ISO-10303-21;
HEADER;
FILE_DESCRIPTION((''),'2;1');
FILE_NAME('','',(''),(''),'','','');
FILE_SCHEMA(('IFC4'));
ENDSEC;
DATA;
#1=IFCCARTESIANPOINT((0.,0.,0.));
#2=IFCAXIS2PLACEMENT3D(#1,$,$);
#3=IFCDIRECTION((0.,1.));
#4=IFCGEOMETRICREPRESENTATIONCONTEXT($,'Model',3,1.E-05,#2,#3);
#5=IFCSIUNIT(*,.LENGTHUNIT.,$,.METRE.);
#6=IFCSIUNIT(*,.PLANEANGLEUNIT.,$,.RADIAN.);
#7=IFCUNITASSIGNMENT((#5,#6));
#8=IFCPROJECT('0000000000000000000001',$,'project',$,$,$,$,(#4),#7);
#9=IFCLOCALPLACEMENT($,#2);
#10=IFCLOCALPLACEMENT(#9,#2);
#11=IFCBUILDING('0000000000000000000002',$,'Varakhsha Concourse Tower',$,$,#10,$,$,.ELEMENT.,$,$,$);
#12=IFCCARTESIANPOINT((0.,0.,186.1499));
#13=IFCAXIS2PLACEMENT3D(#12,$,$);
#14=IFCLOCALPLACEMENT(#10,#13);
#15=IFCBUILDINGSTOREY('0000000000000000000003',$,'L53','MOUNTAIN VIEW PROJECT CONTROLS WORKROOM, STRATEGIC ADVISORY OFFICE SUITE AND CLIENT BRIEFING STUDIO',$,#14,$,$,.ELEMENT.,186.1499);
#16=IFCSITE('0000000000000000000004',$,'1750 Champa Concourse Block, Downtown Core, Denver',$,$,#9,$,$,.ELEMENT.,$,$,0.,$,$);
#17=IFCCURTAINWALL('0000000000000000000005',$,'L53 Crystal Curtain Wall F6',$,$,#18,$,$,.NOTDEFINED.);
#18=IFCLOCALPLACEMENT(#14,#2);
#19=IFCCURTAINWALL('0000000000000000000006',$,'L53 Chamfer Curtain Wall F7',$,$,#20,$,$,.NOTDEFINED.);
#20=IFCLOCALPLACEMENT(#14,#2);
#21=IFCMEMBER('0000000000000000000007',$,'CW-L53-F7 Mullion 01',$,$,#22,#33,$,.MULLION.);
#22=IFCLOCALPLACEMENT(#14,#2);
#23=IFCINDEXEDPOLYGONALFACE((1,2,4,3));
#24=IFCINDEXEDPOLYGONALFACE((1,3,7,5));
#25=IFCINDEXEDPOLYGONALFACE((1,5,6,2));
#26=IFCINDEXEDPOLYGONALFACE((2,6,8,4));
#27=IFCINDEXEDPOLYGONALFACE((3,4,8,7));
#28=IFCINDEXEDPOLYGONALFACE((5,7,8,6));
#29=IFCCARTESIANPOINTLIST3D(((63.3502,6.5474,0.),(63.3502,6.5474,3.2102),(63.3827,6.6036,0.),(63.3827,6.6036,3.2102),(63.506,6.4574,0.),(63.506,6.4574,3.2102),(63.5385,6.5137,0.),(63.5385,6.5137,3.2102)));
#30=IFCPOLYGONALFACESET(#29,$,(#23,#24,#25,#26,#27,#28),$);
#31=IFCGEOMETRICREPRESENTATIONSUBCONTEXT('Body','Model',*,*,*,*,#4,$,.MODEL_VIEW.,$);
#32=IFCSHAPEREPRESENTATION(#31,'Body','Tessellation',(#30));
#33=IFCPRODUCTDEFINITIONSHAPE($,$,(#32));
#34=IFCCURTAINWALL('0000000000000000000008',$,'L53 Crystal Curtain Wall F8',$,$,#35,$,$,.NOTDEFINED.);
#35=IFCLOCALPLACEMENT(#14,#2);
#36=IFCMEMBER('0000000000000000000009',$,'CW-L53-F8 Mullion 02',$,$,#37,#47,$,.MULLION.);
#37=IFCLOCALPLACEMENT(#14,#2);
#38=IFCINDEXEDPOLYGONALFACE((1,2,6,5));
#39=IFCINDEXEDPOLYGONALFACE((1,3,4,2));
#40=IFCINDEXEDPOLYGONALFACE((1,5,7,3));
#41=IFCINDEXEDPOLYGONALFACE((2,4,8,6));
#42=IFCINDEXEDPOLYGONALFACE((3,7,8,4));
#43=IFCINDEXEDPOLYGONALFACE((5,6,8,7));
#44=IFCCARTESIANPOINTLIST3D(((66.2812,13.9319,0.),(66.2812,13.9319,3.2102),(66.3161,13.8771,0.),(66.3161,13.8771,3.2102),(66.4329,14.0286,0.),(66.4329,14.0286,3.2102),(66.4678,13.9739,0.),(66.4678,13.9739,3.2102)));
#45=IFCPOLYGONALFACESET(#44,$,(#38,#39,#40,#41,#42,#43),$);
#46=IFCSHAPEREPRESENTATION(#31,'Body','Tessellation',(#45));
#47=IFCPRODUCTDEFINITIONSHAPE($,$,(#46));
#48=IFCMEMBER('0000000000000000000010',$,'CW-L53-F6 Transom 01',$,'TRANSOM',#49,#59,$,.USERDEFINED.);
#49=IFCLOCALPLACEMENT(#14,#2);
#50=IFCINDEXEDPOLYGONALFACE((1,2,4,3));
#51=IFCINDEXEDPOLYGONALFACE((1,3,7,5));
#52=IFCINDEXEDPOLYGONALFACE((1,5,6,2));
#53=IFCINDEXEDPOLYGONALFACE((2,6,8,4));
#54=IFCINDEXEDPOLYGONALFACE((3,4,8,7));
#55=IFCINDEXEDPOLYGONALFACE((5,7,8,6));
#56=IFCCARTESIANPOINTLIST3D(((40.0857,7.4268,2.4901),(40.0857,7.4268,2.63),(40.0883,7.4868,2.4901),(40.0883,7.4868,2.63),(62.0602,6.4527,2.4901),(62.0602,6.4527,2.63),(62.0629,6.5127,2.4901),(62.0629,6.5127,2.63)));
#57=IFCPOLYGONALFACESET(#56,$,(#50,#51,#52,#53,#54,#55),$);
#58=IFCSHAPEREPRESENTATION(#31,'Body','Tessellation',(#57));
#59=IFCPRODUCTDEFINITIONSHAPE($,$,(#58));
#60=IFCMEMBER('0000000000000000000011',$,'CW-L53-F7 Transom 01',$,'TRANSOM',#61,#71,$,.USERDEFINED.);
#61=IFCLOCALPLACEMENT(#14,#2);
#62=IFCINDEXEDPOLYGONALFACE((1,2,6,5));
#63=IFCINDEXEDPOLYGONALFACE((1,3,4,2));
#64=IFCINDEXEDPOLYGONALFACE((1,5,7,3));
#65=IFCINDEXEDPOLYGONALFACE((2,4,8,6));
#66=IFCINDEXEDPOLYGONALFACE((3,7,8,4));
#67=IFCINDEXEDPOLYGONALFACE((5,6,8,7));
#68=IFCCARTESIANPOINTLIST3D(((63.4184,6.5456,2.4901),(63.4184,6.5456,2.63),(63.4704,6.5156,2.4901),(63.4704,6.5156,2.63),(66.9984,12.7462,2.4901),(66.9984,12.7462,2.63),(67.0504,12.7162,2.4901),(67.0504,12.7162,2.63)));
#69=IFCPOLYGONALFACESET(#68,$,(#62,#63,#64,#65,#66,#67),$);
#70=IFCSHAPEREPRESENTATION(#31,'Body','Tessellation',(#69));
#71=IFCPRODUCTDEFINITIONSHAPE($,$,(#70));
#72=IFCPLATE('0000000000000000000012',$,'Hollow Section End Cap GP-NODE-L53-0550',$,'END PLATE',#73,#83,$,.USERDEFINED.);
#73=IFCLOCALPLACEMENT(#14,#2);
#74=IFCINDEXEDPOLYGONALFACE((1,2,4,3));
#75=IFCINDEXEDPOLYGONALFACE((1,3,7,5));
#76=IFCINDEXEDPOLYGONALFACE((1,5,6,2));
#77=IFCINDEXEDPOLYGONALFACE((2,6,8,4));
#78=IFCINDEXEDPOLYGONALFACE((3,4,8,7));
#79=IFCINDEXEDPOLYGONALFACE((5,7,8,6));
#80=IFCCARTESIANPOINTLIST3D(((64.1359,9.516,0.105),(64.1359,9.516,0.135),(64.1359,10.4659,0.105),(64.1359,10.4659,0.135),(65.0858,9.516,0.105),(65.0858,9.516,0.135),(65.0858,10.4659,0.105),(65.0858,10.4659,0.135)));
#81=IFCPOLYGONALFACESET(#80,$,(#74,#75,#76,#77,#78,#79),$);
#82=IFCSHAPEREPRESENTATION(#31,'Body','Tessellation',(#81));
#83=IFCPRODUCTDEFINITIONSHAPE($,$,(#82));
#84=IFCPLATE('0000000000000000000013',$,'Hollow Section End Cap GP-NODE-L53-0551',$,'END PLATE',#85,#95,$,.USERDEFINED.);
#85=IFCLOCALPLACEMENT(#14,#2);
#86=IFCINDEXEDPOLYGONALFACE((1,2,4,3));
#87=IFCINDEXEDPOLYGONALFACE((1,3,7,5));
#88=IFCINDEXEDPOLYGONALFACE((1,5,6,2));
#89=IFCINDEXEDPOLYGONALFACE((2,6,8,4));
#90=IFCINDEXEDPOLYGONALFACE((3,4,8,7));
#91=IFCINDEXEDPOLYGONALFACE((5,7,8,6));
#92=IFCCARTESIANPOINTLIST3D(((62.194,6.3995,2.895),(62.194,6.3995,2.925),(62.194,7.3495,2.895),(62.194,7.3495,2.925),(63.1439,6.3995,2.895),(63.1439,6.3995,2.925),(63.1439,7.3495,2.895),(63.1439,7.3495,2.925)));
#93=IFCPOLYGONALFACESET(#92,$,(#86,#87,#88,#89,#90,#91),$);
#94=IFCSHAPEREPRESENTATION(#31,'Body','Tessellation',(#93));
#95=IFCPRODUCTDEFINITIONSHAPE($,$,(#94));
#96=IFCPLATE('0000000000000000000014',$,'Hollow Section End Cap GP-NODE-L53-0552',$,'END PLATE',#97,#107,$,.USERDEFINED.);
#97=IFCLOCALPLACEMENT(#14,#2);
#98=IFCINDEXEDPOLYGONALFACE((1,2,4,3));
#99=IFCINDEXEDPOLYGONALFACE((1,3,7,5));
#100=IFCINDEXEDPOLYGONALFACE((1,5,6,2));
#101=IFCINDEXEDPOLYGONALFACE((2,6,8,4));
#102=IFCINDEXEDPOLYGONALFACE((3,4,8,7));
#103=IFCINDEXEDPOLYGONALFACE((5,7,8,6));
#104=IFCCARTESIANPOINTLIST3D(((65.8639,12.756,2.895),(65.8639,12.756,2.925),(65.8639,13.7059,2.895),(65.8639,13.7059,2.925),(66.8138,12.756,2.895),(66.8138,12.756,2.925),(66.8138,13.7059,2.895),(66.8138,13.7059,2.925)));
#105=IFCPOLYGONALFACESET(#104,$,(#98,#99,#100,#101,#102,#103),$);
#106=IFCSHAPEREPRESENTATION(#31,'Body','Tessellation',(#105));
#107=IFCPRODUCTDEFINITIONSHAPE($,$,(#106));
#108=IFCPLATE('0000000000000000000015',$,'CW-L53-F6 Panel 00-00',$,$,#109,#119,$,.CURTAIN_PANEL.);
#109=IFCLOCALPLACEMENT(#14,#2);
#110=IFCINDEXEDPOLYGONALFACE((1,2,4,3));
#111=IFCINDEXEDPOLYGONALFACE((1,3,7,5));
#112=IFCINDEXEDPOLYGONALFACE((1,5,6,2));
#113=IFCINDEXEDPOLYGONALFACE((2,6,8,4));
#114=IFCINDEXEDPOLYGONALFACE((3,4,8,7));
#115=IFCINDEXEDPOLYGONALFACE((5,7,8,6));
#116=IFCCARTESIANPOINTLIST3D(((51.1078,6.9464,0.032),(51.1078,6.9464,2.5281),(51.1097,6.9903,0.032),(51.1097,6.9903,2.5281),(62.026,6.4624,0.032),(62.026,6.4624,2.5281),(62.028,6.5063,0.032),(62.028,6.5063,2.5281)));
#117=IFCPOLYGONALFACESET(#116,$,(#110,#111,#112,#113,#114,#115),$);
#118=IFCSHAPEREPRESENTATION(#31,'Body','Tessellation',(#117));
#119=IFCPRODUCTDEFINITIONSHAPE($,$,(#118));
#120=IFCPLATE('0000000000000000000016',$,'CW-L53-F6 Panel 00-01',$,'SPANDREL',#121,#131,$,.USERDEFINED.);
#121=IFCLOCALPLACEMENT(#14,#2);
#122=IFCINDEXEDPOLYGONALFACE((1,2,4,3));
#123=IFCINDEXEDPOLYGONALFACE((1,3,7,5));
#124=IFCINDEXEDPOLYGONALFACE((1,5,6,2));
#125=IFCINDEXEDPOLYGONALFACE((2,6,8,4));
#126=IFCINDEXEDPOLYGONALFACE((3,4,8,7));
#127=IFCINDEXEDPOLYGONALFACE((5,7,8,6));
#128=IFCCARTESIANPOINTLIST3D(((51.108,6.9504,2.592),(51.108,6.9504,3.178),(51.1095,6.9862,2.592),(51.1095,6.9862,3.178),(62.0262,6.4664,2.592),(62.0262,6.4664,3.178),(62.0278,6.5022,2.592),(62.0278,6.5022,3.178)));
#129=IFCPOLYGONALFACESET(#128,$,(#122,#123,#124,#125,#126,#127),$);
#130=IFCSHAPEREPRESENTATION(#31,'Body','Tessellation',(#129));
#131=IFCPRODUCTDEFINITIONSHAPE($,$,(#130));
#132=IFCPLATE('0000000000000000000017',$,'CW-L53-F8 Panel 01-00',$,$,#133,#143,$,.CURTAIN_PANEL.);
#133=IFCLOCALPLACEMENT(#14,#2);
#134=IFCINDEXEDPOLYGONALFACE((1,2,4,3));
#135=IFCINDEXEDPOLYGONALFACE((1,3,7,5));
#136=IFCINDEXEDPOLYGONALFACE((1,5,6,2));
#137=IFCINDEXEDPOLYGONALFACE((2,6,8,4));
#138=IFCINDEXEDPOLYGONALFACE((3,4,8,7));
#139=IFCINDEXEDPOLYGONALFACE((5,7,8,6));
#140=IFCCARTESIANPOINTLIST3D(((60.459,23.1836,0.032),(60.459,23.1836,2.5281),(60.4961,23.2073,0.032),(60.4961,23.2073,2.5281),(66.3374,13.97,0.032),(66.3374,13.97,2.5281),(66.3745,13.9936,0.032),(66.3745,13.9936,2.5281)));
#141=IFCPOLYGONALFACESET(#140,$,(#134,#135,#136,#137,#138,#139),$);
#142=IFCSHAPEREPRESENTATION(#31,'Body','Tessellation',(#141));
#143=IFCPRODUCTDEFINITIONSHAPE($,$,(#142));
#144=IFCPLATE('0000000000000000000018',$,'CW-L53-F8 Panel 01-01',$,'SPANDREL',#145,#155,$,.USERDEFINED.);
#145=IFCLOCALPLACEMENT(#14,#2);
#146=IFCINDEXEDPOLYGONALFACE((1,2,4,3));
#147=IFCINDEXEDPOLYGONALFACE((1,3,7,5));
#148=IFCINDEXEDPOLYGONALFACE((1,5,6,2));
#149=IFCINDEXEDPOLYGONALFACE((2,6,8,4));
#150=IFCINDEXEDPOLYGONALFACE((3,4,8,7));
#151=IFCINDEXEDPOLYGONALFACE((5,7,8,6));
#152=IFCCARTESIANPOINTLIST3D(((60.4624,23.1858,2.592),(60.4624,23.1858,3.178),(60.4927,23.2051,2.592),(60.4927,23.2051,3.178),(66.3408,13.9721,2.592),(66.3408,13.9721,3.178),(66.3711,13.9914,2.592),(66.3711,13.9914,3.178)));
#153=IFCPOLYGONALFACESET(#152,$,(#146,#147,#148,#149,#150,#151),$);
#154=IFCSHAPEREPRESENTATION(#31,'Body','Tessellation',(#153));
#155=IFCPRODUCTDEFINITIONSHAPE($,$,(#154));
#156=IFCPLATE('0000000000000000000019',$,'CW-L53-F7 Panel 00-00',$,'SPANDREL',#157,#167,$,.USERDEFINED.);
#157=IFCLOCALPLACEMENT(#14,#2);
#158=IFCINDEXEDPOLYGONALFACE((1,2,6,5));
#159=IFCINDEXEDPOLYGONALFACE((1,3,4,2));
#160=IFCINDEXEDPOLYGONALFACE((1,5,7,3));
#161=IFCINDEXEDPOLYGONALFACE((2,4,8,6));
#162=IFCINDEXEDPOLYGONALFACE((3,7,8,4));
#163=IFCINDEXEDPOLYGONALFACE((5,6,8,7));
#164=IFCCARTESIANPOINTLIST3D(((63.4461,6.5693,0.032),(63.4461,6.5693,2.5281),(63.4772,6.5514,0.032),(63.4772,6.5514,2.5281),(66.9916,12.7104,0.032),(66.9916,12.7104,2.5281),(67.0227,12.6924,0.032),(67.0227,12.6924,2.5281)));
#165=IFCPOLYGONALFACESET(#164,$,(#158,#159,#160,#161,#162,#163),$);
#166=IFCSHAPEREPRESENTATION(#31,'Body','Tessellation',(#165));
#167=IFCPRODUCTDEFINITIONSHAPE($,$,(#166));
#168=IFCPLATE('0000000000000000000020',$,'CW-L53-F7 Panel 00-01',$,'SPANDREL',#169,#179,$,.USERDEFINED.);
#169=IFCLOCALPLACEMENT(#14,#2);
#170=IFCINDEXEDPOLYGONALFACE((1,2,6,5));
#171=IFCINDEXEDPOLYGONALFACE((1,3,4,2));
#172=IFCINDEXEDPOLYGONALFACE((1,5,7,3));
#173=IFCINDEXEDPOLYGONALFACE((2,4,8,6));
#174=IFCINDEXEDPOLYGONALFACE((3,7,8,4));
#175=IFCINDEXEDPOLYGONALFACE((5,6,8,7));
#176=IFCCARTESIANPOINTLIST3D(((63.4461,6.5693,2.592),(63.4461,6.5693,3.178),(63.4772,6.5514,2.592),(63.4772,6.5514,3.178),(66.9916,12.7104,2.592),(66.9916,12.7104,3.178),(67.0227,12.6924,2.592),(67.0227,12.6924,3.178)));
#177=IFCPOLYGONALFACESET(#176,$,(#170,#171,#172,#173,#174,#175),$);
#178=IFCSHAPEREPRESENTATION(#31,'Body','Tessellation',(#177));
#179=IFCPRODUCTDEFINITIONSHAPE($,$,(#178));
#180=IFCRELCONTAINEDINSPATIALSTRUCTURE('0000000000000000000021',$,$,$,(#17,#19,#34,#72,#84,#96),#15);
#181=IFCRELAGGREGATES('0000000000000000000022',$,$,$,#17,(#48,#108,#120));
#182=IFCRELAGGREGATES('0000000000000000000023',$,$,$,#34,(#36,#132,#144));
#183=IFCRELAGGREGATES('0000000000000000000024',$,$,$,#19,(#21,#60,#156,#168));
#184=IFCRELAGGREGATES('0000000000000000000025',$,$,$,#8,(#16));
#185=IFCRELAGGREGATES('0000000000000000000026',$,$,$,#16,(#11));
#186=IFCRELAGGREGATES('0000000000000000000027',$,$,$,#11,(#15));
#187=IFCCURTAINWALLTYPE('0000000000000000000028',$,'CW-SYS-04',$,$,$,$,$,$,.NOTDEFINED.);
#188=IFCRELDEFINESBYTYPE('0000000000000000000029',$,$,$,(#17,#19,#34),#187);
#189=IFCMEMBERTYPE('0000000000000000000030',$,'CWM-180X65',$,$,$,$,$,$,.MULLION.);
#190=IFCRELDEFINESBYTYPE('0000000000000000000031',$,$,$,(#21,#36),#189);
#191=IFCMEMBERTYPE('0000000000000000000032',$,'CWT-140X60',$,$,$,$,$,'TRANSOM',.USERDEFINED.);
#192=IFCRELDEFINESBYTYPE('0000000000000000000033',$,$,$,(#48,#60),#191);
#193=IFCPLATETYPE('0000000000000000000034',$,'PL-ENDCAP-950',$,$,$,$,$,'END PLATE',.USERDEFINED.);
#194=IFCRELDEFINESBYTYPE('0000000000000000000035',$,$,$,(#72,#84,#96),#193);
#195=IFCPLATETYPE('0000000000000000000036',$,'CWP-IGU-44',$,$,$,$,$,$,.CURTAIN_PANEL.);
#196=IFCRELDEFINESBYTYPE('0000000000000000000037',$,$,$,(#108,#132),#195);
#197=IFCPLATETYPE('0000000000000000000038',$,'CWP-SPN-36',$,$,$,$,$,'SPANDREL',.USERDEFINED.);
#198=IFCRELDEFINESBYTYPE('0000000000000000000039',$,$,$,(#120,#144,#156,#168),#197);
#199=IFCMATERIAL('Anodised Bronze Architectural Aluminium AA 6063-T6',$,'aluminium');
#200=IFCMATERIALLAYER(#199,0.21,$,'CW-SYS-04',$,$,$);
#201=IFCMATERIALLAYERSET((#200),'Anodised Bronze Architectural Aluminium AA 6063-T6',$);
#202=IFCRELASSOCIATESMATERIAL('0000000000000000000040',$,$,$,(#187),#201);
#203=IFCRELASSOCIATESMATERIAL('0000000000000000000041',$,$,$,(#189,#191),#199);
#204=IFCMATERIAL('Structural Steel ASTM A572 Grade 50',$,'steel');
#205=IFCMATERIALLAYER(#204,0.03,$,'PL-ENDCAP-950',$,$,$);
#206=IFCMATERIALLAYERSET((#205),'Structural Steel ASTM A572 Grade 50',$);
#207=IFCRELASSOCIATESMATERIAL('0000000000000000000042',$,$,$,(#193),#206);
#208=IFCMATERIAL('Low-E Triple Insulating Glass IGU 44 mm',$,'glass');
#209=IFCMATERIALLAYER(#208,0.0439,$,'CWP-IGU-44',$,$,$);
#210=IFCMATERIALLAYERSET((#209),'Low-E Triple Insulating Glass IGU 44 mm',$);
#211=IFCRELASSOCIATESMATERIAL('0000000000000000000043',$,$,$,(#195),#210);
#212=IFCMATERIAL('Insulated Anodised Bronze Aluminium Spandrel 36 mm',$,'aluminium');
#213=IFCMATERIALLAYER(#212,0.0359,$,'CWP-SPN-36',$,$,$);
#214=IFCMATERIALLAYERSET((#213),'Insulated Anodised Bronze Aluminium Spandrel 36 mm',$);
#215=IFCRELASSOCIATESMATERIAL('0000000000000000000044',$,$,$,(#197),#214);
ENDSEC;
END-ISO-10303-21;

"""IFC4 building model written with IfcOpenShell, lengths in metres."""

from ifc_helpers import new_model, si_unit, direction, frame, origin, origin_2d, place, context, subcontext, project, spatial, rectangle, extrude, source, transform, mapped, material, layer, layer_set, material_profile, profile_set, type_object, type_shapes, element, aggregate, save


model = new_model("IFC4")

# Units and contexts
model_context = context("Model", 3, precision=1e-05, world=origin(), true_north=direction((0.0, 1.0)))
body_context = subcontext(model_context, "Body", "Model", "MODEL_VIEW")
ifc_project = project(units=[si_unit("LENGTHUNIT", "METRE"), si_unit("PLANEANGLEUNIT", "RADIAN")], contexts=[model_context])

# Site, building, storey
site_placement = place(None, origin())
site = spatial("IfcSite", under=ifc_project, at=site_placement, Name="1750 Champa Concourse Block, Downtown Core, Denver", CompositionType="ELEMENT", RefElevation=0.0)
building_placement = place(site_placement, origin())
building = spatial("IfcBuilding", under=site, at=building_placement, Name="Varakhsha Concourse Tower", CompositionType="ELEMENT")
storey_placement = place(building_placement, frame((0.0, 0.0, 186.1499)))
storey = spatial("IfcBuildingStorey", under=building, at=storey_placement, Name="L53", Description="MOUNTAIN VIEW PROJECT CONTROLS WORKROOM, STRATEGIC ADVISORY OFFICE SUITE AND CLIENT BRIEFING STUDIO", CompositionType="ELEMENT", Elevation=186.1499)

# Shared definitions
ifc_material_1 = material(Name="Structural Steel ASTM A572 Grade 50", Category="steel")

# Curtain wall
ifc_material_2 = material(Name="Anodised Bronze Architectural Aluminium AA 6063-T6", Category="aluminium")
ifc_layer_1 = layer(ifc_material_2, 0.21, Name="CW-SYS-04")
ifc_layer_set_1 = layer_set([ifc_layer_1], Name="Anodised Bronze Architectural Aluminium AA 6063-T6")
curtain_wall_type = type_object("IfcCurtainWallType", Name="CW-SYS-04", PredefinedType="NOTDEFINED", material=ifc_layer_set_1)
curtain_wall_1_placement = place(storey_placement, origin())
curtain_wall_1 = element("IfcCurtainWall", 1, at=curtain_wall_1_placement, inside=storey, type_object=curtain_wall_type, Name="L53 Crystal Curtain Wall F6", PredefinedType="NOTDEFINED")
ifc_material_profile_1 = material_profile(ifc_material_2, rectangle(XDim=0.0649, YDim=0.1799, at=origin_2d()), Name="CWM-180X65")
ifc_profile_set_1 = profile_set([ifc_material_profile_1], Name="Anodised Bronze Architectural Aluminium AA 6063-T6")
member_type_1 = type_object("IfcMemberType", Name="CWM-180X65", PredefinedType="MULLION", material=ifc_profile_set_1)
shared_shape_1 = source(origin(), body_context, "Body", "SweptSolid", [
    extrude(rectangle(XDim=0.0649, YDim=0.1799, at=origin_2d()), origin(), (0.0, 0.0, 1.0), 3.2102),
])
type_shapes(member_type_1, [shared_shape_1])

# Curtain wall, member
curtain_wall_2_placement = place(storey_placement, origin())
curtain_wall_2 = element("IfcCurtainWall", 2, at=curtain_wall_2_placement, inside=storey, type_object=curtain_wall_type, Name="L53 Chamfer Curtain Wall F7", PredefinedType="NOTDEFINED")
member_1_placement = place(storey_placement, frame((63.4443, 6.5305, 0.0), z_axis=(0.0, 0.0, 1.0), x_axis=(-0.499997, -0.866027, 0.0)))
member_1 = element("IfcMember", 3, at=member_1_placement, type_object=member_type_1, Name="CW-L53-F7 Mullion 01", PredefinedType="MULLION", context=body_context, shape_type="MappedRepresentation", body=[
    mapped(shared_shape_1, transform((0.0, 0.0, 0.0), scale=1.0)),
])

# Curtain wall, member
curtain_wall_3_placement = place(storey_placement, origin())
curtain_wall_3 = element("IfcCurtainWall", 4, at=curtain_wall_3_placement, inside=storey, type_object=curtain_wall_type, Name="L53 Crystal Curtain Wall F8", PredefinedType="NOTDEFINED")
member_2_placement = place(storey_placement, frame((66.3745, 13.9529, 0.0), z_axis=(0.0, 0.0, 1.0), x_axis=(0.537863, -0.843032, 0.0)))
member_2 = element("IfcMember", 5, at=member_2_placement, type_object=member_type_1, Name="CW-L53-F8 Mullion 02", PredefinedType="MULLION", context=body_context, shape_type="MappedRepresentation", body=[
    mapped(shared_shape_1, transform((0.0, 0.0, 0.0), scale=1.0)),
])

# Members
ifc_material_profile_2 = material_profile(ifc_material_2, rectangle(XDim=0.0601, YDim=0.1399, at=origin_2d()), Name="CWT-140X60")
ifc_profile_set_2 = profile_set([ifc_material_profile_2], Name="Anodised Bronze Architectural Aluminium AA 6063-T6")
member_type_2 = type_object("IfcMemberType", Name="CWT-140X60", ElementType="TRANSOM", PredefinedType="USERDEFINED", material=ifc_profile_set_2)
shared_shape_2 = source(origin(), body_context, "Body", "SweptSolid", [
    extrude(rectangle(XDim=0.0601, YDim=0.1399, at=origin_2d()), origin(), (0.0, 0.0, 1.0), 21.9961),
])
member_3_placement = place(storey_placement, frame((62.0615, 6.4827, 2.5601), z_axis=(-0.999019, 0.044286, 0.0), x_axis=(-0.044286, -0.999019, 0.0)))
member_3 = element("IfcMember", 6, at=member_3_placement, type_object=member_type_2, Name="CW-L53-F6 Transom 01", ObjectType="TRANSOM", PredefinedType="USERDEFINED", context=body_context, shape_type="MappedRepresentation", body=[
    mapped(shared_shape_2, transform((0.0, 0.0, 0.0), scale=1.0)),
])
shared_shape_3 = source(origin(), body_context, "Body", "SweptSolid", [
    extrude(rectangle(XDim=0.0601, YDim=0.1399, at=origin_2d()), origin(), (0.0, 0.0, 1.0), 7.1599),
])
type_shapes(member_type_2, [shared_shape_2, shared_shape_3])
member_4_placement = place(storey_placement, frame((67.0244, 12.7312, 2.5601), z_axis=(-0.500012, -0.866019, 0.0), x_axis=(0.866019, -0.500012, 0.0)))
member_4 = element("IfcMember", 7, at=member_4_placement, type_object=member_type_2, Name="CW-L53-F7 Transom 01", ObjectType="TRANSOM", PredefinedType="USERDEFINED", context=body_context, shape_type="MappedRepresentation", body=[
    mapped(shared_shape_3, transform((0.0, 0.0, 0.0), scale=1.0)),
])

# Plates
ifc_layer_2 = layer(ifc_material_1, 0.03, Name="PL-ENDCAP-950")
ifc_layer_set_2 = layer_set([ifc_layer_2], Name="Structural Steel ASTM A572 Grade 50")
plate_type_1 = type_object("IfcPlateType", Name="PL-ENDCAP-950", ElementType="END PLATE", PredefinedType="USERDEFINED", material=ifc_layer_set_2)
shared_shape_4 = source(origin(), body_context, "Body", "SweptSolid", [
    extrude(rectangle(XDim=0.95, YDim=0.95, at=origin_2d()), origin(), (0.0, 0.0, 1.0), 0.03),
])
type_shapes(plate_type_1, [shared_shape_4])
for number, where, z_axis, x_axis, name in (
    (8, (64.6108, 9.991, 0.105), (0.0, 0.0, 1.0), (1.0, 0.0, 0.0), "Hollow Section End Cap GP-NODE-L53-0550"),
    (9, (62.6689, 6.8745, 2.895), (0.0, 0.0, 1.0), (1.0, 0.0, 0.0), "Hollow Section End Cap GP-NODE-L53-0551"),
    (10, (66.3389, 13.231, 2.895), (0.0, 0.0, 1.0), (1.0, 0.0, 0.0), "Hollow Section End Cap GP-NODE-L53-0552"),
):
    element("IfcPlate", number, at=place(storey_placement, frame(where, z_axis=z_axis, x_axis=x_axis)), inside=storey, type_object=plate_type_1, Name=name, ObjectType="END PLATE", PredefinedType="USERDEFINED", context=body_context, shape_type="MappedRepresentation", body=[
        mapped(shared_shape_4, transform((0.0, 0.0, 0.0), scale=1.0)),
    ])

# Plates
ifc_material_3 = material(Name="Low-E Triple Insulating Glass IGU 44 mm", Category="glass")
ifc_layer_3 = layer(ifc_material_3, 0.0439, Name="CWP-IGU-44")
ifc_layer_set_3 = layer_set([ifc_layer_3], Name="Low-E Triple Insulating Glass IGU 44 mm")
plate_type_2 = type_object("IfcPlateType", Name="CWP-IGU-44", PredefinedType="CURTAIN_PANEL", material=ifc_layer_set_3)
shared_shape_5 = source(origin(), body_context, "Body", "SweptSolid", [
    extrude(rectangle(XDim=10.929, YDim=0.0439, at=origin_2d()), origin(), (0.0, 0.0, 1.0), 2.4961),
])
plate_1_placement = place(storey_placement, frame((56.5679, 6.7263, 0.032), z_axis=(0.0, 0.0, 1.0), x_axis=(-0.999019, 0.044285, 0.0)))
plate_1 = element("IfcPlate", 11, at=plate_1_placement, type_object=plate_type_2, Name="CW-L53-F6 Panel 00-00", PredefinedType="CURTAIN_PANEL", context=body_context, shape_type="MappedRepresentation", body=[
    mapped(shared_shape_5, transform((0.0, 0.0, 0.0), scale=1.0)),
])
ifc_material_4 = material(Name="Insulated Anodised Bronze Aluminium Spandrel 36 mm", Category="aluminium")
ifc_layer_4 = layer(ifc_material_4, 0.0359, Name="CWP-SPN-36")
ifc_layer_set_4 = layer_set([ifc_layer_4], Name="Insulated Anodised Bronze Aluminium Spandrel 36 mm")
plate_type_3 = type_object("IfcPlateType", Name="CWP-SPN-36", ElementType="SPANDREL", PredefinedType="USERDEFINED", material=ifc_layer_set_4)
shared_shape_6 = source(origin(), body_context, "Body", "SweptSolid", [
    extrude(rectangle(XDim=10.929, YDim=0.0359, at=origin_2d()), origin(), (0.0, 0.0, 1.0), 0.5859),
])
plate_2_placement = place(storey_placement, frame((56.5679, 6.7263, 2.592), z_axis=(0.0, 0.0, 1.0), x_axis=(-0.999019, 0.044285, 0.0)))
plate_2 = element("IfcPlate", 12, at=plate_2_placement, type_object=plate_type_3, Name="CW-L53-F6 Panel 00-01", ObjectType="SPANDREL", PredefinedType="USERDEFINED", context=body_context, shape_type="MappedRepresentation", body=[
    mapped(shared_shape_6, transform((0.0, 0.0, 0.0), scale=1.0)),
])
aggregate(curtain_wall_1, [member_3, plate_1, plate_2])
shared_shape_7 = source(origin(), body_context, "Body", "SweptSolid", [
    extrude(rectangle(XDim=10.9292, YDim=0.0439, at=origin_2d()), origin(), (0.0, 0.0, 1.0), 2.4961),
])
type_shapes(plate_type_2, [shared_shape_5, shared_shape_7])
plate_3_placement = place(storey_placement, frame((63.4167, 18.5886, 0.032), z_axis=(0.0, 0.0, 1.0), x_axis=(0.537863, -0.843032, 0.0)))
plate_3 = element("IfcPlate", 13, at=plate_3_placement, type_object=plate_type_2, Name="CW-L53-F8 Panel 01-00", PredefinedType="CURTAIN_PANEL", context=body_context, shape_type="MappedRepresentation", body=[
    mapped(shared_shape_7, transform((0.0, 0.0, 0.0), scale=1.0)),
])
shared_shape_8 = source(origin(), body_context, "Body", "SweptSolid", [
    extrude(rectangle(XDim=10.9292, YDim=0.0359, at=origin_2d()), origin(), (0.0, 0.0, 1.0), 0.5859),
])
plate_4_placement = place(storey_placement, frame((63.4167, 18.5886, 2.592), z_axis=(0.0, 0.0, 1.0), x_axis=(0.537863, -0.843032, 0.0)))
plate_4 = element("IfcPlate", 14, at=plate_4_placement, type_object=plate_type_3, Name="CW-L53-F8 Panel 01-01", ObjectType="SPANDREL", PredefinedType="USERDEFINED", context=body_context, shape_type="MappedRepresentation", body=[
    mapped(shared_shape_8, transform((0.0, 0.0, 0.0), scale=1.0)),
])
aggregate(curtain_wall_3, [member_2, plate_3, plate_4])
shared_shape_9 = source(origin(), body_context, "Body", "SweptSolid", [
    extrude(rectangle(XDim=7.0911, YDim=0.0359, at=origin_2d()), origin(), (0.0, 0.0, 1.0), 2.4961),
])
plate_5_placement = place(storey_placement, frame((65.2344, 9.6309, 0.032), z_axis=(0.0, 0.0, 1.0), x_axis=(-0.499997, -0.866027, 0.0)))
plate_5 = element("IfcPlate", 15, at=plate_5_placement, type_object=plate_type_3, Name="CW-L53-F7 Panel 00-00", ObjectType="SPANDREL", PredefinedType="USERDEFINED", context=body_context, shape_type="MappedRepresentation", body=[
    mapped(shared_shape_9, transform((0.0, 0.0, 0.0), scale=1.0)),
])
shared_shape_10 = source(origin(), body_context, "Body", "SweptSolid", [
    extrude(rectangle(XDim=7.0911, YDim=0.0359, at=origin_2d()), origin(), (0.0, 0.0, 1.0), 0.5859),
])
type_shapes(plate_type_3, [shared_shape_6, shared_shape_8, shared_shape_9, shared_shape_10])
plate_6_placement = place(storey_placement, frame((65.2344, 9.6309, 2.592), z_axis=(0.0, 0.0, 1.0), x_axis=(-0.499997, -0.866027, 0.0)))
plate_6 = element("IfcPlate", 16, at=plate_6_placement, type_object=plate_type_3, Name="CW-L53-F7 Panel 00-01", ObjectType="SPANDREL", PredefinedType="USERDEFINED", context=body_context, shape_type="MappedRepresentation", body=[
    mapped(shared_shape_10, transform((0.0, 0.0, 0.0), scale=1.0)),
])
aggregate(curtain_wall_2, [member_1, member_4, plate_5, plate_6])

save(model, "model.ifc")
